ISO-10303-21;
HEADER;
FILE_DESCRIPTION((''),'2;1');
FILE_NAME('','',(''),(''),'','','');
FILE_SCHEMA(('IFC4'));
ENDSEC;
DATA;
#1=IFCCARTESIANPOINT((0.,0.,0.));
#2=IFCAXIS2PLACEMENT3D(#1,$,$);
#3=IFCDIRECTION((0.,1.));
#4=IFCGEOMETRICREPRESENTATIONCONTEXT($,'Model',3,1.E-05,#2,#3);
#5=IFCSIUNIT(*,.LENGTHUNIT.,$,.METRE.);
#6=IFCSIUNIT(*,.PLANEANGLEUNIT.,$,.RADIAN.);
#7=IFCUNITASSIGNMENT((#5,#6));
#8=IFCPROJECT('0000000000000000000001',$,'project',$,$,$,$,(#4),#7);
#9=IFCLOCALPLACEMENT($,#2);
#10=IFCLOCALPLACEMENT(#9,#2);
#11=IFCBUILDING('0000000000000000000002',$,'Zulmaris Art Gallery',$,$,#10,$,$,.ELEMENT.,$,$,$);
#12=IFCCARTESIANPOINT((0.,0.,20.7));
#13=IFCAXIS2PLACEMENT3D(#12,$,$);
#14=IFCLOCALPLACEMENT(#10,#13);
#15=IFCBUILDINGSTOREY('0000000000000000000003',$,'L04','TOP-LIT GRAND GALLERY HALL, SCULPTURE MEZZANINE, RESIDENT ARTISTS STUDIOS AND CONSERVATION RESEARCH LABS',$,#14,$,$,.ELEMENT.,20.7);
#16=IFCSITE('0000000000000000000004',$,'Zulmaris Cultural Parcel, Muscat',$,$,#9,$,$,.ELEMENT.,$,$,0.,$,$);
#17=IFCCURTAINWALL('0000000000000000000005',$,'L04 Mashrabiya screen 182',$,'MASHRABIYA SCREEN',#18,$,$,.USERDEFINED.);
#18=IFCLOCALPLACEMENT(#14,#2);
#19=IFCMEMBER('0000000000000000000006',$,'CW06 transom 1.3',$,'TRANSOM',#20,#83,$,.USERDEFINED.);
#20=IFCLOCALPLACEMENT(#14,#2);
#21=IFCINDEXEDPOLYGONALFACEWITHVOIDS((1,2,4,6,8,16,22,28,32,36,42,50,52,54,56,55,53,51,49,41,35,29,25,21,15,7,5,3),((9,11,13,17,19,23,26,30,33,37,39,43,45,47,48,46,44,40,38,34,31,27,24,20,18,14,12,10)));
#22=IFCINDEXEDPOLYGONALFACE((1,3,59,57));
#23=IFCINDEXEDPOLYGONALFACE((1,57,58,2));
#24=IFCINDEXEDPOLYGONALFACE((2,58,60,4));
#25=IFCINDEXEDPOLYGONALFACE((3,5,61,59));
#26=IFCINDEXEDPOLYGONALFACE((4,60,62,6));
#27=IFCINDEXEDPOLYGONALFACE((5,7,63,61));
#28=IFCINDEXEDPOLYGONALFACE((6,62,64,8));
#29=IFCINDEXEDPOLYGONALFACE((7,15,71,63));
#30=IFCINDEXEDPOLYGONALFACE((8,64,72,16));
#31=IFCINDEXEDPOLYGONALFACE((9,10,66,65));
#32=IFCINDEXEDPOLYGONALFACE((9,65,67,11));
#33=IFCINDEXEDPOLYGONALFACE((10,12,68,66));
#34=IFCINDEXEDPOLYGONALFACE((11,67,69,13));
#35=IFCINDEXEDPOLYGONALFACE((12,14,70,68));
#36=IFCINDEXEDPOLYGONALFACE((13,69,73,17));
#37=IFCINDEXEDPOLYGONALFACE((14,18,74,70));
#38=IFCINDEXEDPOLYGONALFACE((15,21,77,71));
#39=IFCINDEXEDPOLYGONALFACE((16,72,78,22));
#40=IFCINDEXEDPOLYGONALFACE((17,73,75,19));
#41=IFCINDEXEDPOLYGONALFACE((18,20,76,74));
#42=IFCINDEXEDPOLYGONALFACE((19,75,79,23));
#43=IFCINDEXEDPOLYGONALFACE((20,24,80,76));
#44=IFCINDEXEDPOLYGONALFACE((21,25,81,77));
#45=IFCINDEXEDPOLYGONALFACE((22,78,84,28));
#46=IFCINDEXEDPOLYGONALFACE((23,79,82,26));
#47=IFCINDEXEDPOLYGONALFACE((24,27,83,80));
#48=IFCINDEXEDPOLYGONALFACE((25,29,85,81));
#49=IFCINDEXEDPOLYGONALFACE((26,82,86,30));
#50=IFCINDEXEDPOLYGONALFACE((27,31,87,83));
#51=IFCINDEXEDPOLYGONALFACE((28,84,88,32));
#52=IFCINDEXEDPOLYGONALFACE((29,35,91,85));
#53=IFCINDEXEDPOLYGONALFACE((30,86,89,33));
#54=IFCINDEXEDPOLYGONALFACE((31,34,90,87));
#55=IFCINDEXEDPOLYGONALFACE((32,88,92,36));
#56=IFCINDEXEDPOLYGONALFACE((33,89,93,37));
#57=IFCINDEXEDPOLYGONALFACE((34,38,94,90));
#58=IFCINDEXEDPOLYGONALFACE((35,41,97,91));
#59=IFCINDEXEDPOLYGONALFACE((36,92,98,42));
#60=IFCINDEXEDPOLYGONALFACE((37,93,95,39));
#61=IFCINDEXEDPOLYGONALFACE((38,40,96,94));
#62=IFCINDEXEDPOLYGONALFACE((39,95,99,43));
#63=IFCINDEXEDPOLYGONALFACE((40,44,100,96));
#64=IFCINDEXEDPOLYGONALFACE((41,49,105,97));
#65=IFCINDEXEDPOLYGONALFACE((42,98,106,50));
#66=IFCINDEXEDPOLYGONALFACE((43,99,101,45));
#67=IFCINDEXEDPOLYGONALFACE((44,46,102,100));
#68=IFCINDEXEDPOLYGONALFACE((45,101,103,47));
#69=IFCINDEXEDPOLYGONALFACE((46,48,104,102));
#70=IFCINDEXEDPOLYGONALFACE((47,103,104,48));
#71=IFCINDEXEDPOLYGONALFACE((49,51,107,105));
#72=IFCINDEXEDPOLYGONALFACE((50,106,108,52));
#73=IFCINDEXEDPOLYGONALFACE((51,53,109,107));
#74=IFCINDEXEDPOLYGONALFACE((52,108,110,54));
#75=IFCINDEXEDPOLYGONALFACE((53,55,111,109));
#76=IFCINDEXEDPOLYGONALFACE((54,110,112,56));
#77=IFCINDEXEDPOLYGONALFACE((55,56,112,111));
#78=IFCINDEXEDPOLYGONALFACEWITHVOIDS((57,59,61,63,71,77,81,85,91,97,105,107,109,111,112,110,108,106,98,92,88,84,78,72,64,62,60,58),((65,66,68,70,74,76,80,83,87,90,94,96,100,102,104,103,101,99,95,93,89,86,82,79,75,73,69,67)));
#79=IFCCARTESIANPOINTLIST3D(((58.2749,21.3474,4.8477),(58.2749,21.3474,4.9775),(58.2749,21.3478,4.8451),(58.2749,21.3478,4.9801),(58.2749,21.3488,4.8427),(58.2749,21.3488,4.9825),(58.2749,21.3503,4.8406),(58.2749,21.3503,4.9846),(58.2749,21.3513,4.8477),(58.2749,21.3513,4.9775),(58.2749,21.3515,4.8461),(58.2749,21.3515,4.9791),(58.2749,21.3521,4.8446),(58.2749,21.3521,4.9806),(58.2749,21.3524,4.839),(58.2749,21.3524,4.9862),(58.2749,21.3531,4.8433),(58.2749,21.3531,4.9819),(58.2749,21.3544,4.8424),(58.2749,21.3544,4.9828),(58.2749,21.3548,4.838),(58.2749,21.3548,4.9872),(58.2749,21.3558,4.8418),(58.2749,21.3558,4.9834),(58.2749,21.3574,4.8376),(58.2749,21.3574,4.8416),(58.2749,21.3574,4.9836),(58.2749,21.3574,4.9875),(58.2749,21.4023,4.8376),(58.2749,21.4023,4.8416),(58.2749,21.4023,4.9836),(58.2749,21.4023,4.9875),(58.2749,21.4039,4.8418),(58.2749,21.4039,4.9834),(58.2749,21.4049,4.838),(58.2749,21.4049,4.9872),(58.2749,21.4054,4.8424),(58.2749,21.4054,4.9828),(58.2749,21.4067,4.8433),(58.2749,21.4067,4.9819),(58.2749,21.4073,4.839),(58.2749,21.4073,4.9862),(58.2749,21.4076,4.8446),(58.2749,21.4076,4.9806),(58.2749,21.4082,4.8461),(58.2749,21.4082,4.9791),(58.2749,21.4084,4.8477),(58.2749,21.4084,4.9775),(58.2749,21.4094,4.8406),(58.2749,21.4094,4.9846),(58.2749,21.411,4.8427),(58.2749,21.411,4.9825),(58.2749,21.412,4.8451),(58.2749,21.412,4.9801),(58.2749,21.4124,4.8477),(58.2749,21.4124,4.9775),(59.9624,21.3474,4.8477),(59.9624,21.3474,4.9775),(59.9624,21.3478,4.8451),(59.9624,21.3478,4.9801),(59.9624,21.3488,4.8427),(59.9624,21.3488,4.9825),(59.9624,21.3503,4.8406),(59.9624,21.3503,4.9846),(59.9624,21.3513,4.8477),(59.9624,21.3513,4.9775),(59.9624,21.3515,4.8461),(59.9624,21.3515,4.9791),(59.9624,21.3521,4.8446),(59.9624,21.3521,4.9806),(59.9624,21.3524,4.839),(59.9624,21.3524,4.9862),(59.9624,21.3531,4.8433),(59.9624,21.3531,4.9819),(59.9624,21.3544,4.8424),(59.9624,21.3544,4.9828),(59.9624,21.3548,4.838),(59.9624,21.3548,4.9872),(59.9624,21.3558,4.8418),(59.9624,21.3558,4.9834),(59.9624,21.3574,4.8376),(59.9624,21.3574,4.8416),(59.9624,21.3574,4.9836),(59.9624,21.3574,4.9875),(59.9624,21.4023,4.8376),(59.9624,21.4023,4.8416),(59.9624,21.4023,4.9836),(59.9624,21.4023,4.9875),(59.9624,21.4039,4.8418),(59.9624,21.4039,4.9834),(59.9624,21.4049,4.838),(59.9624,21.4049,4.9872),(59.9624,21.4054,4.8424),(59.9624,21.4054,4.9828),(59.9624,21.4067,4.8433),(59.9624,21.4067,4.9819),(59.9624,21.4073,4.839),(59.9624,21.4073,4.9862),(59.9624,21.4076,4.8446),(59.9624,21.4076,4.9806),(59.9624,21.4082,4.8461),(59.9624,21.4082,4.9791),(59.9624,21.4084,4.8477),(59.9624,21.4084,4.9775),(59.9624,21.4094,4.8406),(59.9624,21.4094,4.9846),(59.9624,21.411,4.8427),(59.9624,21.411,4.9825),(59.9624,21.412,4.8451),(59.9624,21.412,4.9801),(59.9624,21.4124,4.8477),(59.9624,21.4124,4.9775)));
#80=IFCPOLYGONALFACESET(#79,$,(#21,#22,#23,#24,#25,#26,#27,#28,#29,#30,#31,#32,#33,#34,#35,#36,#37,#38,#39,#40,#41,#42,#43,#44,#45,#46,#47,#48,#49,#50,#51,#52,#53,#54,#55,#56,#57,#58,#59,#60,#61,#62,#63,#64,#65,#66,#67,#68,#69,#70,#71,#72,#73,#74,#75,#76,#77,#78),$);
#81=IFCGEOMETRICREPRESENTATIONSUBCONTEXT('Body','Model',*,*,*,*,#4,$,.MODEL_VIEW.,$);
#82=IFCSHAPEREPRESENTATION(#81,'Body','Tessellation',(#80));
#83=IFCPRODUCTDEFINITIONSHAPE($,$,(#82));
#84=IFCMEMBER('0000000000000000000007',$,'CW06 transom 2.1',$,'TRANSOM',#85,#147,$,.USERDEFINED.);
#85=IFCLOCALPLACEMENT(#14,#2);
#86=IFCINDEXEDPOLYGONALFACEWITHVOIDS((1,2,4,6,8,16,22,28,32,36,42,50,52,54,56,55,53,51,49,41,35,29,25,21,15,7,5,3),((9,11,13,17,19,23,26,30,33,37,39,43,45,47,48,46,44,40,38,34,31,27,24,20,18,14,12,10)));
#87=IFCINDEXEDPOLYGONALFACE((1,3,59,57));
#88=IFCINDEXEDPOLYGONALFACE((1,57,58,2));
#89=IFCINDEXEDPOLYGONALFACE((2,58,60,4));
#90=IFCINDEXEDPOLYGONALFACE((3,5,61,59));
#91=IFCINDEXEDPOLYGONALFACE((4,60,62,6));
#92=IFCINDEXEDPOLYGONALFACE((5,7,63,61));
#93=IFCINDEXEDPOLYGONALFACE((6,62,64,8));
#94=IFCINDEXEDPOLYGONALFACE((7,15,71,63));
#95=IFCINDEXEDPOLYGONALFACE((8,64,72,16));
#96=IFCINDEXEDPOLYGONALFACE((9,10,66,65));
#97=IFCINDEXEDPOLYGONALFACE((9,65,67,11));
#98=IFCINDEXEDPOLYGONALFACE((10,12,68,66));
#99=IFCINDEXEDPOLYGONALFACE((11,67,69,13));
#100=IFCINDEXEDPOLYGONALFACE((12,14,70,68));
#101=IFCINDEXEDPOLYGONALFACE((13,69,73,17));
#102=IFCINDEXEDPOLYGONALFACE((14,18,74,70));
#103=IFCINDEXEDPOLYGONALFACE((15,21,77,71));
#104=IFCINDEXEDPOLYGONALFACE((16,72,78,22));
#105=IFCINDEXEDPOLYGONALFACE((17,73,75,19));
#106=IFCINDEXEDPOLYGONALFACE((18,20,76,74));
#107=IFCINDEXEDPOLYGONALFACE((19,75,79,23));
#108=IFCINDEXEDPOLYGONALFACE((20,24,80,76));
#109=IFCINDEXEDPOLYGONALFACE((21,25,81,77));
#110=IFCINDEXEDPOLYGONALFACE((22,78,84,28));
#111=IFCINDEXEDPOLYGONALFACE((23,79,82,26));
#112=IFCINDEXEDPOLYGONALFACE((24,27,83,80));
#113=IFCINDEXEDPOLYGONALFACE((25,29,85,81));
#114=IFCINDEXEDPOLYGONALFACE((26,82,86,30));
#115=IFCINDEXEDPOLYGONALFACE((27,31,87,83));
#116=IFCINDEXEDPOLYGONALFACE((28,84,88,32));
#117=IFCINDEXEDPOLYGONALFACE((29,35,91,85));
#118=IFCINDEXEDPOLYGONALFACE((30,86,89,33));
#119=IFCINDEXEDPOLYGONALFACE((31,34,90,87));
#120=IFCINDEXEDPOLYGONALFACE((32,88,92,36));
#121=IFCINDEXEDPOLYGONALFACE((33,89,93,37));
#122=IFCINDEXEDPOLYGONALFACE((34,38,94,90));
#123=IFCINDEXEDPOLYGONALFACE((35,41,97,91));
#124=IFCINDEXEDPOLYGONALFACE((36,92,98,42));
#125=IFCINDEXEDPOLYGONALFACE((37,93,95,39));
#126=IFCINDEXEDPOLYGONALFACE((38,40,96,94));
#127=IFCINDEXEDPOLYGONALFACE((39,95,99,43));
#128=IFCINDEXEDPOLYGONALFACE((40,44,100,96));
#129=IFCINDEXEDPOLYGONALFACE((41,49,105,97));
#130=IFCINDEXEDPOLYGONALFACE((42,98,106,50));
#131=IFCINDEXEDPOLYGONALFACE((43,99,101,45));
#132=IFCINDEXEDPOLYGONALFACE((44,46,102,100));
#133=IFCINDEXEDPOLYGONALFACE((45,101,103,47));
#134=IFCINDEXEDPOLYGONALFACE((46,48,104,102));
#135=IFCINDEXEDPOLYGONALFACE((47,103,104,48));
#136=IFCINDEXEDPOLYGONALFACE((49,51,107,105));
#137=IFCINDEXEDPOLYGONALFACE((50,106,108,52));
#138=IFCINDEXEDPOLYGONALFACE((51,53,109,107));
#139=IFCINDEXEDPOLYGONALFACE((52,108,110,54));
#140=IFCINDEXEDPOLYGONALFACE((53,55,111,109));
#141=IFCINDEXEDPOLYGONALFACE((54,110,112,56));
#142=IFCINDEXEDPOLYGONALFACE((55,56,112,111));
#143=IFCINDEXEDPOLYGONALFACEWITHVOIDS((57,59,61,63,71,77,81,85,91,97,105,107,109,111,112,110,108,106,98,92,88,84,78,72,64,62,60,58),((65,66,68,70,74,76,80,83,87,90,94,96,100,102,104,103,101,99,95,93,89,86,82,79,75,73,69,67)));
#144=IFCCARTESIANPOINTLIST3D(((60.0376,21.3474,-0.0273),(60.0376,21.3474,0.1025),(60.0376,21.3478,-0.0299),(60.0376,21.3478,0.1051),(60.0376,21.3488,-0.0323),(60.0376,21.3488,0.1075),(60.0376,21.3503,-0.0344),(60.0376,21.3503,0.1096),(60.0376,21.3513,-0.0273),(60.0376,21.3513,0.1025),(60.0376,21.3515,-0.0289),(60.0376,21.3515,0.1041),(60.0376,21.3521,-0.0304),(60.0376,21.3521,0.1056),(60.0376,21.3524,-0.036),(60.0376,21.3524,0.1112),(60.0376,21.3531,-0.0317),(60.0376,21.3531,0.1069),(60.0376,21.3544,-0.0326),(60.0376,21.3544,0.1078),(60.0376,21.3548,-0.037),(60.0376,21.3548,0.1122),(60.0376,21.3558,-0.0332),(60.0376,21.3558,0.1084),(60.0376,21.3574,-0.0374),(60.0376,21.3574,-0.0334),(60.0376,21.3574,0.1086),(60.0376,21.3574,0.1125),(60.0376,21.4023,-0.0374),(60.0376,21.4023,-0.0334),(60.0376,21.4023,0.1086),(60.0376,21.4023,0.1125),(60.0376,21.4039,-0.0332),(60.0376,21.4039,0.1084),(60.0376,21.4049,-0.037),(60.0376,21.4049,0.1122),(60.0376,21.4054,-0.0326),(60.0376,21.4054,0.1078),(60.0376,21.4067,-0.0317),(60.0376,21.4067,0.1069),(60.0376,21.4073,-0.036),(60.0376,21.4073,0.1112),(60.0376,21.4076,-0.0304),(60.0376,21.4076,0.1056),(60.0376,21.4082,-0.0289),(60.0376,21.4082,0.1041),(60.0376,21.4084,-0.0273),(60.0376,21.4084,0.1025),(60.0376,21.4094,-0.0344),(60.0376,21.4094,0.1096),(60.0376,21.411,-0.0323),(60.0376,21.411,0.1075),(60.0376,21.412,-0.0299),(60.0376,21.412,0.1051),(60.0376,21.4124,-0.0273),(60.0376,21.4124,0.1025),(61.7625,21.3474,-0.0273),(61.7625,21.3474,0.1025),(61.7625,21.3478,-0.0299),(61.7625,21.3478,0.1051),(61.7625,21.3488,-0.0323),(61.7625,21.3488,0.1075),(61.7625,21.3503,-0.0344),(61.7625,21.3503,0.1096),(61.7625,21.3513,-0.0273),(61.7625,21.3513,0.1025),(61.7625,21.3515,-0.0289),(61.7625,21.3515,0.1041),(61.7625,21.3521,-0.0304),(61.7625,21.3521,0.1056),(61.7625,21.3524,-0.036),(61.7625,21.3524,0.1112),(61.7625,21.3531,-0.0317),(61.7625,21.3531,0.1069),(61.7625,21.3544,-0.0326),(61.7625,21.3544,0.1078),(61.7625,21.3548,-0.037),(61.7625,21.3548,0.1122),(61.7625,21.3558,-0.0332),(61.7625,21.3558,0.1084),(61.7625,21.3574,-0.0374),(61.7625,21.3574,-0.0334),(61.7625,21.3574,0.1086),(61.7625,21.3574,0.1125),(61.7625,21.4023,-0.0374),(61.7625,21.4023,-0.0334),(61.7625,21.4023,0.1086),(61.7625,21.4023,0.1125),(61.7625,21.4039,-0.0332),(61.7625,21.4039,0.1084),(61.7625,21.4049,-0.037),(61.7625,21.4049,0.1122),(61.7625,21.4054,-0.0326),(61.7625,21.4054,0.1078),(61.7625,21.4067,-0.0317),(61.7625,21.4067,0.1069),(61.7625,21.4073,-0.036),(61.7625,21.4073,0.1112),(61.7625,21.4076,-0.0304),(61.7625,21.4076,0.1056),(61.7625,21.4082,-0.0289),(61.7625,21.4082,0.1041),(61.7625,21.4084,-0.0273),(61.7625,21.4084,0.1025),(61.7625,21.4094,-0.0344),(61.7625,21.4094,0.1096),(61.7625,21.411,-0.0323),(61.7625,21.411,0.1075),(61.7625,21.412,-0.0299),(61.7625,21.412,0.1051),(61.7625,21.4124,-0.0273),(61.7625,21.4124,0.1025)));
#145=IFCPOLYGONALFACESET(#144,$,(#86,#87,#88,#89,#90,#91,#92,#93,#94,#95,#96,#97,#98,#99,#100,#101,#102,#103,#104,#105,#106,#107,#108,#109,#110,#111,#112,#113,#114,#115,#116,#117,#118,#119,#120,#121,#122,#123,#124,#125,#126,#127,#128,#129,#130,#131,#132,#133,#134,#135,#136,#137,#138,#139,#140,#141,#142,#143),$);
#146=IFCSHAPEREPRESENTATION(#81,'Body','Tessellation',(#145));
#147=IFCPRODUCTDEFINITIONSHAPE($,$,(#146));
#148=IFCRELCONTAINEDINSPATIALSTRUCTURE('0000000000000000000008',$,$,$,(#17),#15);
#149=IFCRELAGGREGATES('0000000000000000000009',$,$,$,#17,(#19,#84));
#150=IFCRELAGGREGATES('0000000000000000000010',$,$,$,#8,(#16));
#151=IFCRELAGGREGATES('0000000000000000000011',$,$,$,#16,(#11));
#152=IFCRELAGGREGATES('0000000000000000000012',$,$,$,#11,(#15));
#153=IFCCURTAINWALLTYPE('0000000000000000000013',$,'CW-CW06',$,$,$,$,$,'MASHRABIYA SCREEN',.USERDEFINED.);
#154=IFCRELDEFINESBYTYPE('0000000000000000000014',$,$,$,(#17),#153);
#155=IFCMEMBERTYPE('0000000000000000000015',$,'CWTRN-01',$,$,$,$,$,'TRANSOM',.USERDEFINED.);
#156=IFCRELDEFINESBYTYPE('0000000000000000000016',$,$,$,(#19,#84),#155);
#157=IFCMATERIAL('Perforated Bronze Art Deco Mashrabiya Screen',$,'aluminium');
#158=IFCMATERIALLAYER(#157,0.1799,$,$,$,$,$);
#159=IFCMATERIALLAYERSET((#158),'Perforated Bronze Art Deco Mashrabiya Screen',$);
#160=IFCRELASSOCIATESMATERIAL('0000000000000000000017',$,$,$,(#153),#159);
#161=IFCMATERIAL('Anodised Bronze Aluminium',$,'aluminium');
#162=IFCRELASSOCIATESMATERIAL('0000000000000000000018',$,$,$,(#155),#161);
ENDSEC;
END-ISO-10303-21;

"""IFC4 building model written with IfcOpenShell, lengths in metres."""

from ifc_helpers import new_model, si_unit, direction, frame, origin, origin_2d, place, context, subcontext, project, spatial, hollow_rectangle, extrude, material, layer, layer_set, material_profile, profile_set, type_object, element, aggregate, save


model = new_model("IFC4")

# Units and contexts
model_context = context("Model", 3, precision=1e-05, world=origin(), true_north=direction((0.0, 1.0)))
body_context = subcontext(model_context, "Body", "Model", "MODEL_VIEW")
ifc_project = project(units=[si_unit("LENGTHUNIT", "METRE"), si_unit("PLANEANGLEUNIT", "RADIAN")], contexts=[model_context])

# Site, building, storey
site_placement = place(None, origin())
site = spatial("IfcSite", under=ifc_project, at=site_placement, Name="Zulmaris Cultural Parcel, Muscat", CompositionType="ELEMENT", RefElevation=0.0)
building_placement = place(site_placement, origin())
building = spatial("IfcBuilding", under=site, at=building_placement, Name="Zulmaris Art Gallery", CompositionType="ELEMENT")
storey_placement = place(building_placement, frame((0.0, 0.0, 20.7)))
storey = spatial("IfcBuildingStorey", under=building, at=storey_placement, Name="L04", Description="TOP-LIT GRAND GALLERY HALL, SCULPTURE MEZZANINE, RESIDENT ARTISTS STUDIOS AND CONSERVATION RESEARCH LABS", CompositionType="ELEMENT", Elevation=20.7)

# Shared definitions
ifc_material_1 = material(Name="Anodised Bronze Aluminium", Category="aluminium")

# Curtain wall
ifc_material_2 = material(Name="Perforated Bronze Art Deco Mashrabiya Screen", Category="aluminium")
ifc_layer_1 = layer(ifc_material_2, 0.1799)
ifc_layer_set_1 = layer_set([ifc_layer_1], Name="Perforated Bronze Art Deco Mashrabiya Screen")
curtain_wall_type_1 = type_object("IfcCurtainWallType", Name="CW-CW06", ElementType="MASHRABIYA SCREEN", PredefinedType="USERDEFINED", material=ifc_layer_set_1)
curtain_wall_1_placement = place(storey_placement, origin())
curtain_wall_1 = element("IfcCurtainWall", 1, at=curtain_wall_1_placement, inside=storey, type_object=curtain_wall_type_1, Name="L04 Mashrabiya screen 182", ObjectType="MASHRABIYA SCREEN", PredefinedType="USERDEFINED")

# Members
ifc_material_profile_1 = material_profile(ifc_material_1, hollow_rectangle(XDim=0.0649, YDim=0.1499, WallThickness=0.0039, InnerFilletRadius=0.0061, OuterFilletRadius=0.01, at=origin_2d()), Name="ALU 65x150x4")
ifc_profile_set_1 = profile_set([ifc_material_profile_1], Name="Anodised Bronze Aluminium")
member_type_1 = type_object("IfcMemberType", Name="CWTRN-01", ElementType="TRANSOM", PredefinedType="USERDEFINED", material=ifc_profile_set_1)
member_1_placement = place(storey_placement, frame((58.2749, 21.3799, 4.9126), z_axis=(1.0, 0.0, 0.0), x_axis=(0.0, 1.0, 0.0)))
member_1 = element("IfcMember", 2, at=member_1_placement, type_object=member_type_1, Name="CW06 transom 1.3", ObjectType="TRANSOM", PredefinedType="USERDEFINED", context=body_context, shape_type="SweptSolid", body=[
    extrude(hollow_rectangle(XDim=0.0649, YDim=0.1499, WallThickness=0.0039, InnerFilletRadius=0.0061, OuterFilletRadius=0.01, at=origin_2d()), origin(), (0.0, 0.0, 1.0), 1.6875),
])
member_2_placement = place(storey_placement, frame((60.0376, 21.3799, 0.0376), z_axis=(1.0, 0.0, 0.0), x_axis=(0.0, 1.0, 0.0)))
member_2 = element("IfcMember", 3, at=member_2_placement, type_object=member_type_1, Name="CW06 transom 2.1", ObjectType="TRANSOM", PredefinedType="USERDEFINED", context=body_context, shape_type="SweptSolid", body=[
    extrude(hollow_rectangle(XDim=0.0649, YDim=0.1499, WallThickness=0.0039, InnerFilletRadius=0.0061, OuterFilletRadius=0.01, at=origin_2d()), origin(), (0.0, 0.0, 1.0), 1.7249),
])

aggregate(curtain_wall_1, [member_1, member_2])

save(model, "model.ifc")
